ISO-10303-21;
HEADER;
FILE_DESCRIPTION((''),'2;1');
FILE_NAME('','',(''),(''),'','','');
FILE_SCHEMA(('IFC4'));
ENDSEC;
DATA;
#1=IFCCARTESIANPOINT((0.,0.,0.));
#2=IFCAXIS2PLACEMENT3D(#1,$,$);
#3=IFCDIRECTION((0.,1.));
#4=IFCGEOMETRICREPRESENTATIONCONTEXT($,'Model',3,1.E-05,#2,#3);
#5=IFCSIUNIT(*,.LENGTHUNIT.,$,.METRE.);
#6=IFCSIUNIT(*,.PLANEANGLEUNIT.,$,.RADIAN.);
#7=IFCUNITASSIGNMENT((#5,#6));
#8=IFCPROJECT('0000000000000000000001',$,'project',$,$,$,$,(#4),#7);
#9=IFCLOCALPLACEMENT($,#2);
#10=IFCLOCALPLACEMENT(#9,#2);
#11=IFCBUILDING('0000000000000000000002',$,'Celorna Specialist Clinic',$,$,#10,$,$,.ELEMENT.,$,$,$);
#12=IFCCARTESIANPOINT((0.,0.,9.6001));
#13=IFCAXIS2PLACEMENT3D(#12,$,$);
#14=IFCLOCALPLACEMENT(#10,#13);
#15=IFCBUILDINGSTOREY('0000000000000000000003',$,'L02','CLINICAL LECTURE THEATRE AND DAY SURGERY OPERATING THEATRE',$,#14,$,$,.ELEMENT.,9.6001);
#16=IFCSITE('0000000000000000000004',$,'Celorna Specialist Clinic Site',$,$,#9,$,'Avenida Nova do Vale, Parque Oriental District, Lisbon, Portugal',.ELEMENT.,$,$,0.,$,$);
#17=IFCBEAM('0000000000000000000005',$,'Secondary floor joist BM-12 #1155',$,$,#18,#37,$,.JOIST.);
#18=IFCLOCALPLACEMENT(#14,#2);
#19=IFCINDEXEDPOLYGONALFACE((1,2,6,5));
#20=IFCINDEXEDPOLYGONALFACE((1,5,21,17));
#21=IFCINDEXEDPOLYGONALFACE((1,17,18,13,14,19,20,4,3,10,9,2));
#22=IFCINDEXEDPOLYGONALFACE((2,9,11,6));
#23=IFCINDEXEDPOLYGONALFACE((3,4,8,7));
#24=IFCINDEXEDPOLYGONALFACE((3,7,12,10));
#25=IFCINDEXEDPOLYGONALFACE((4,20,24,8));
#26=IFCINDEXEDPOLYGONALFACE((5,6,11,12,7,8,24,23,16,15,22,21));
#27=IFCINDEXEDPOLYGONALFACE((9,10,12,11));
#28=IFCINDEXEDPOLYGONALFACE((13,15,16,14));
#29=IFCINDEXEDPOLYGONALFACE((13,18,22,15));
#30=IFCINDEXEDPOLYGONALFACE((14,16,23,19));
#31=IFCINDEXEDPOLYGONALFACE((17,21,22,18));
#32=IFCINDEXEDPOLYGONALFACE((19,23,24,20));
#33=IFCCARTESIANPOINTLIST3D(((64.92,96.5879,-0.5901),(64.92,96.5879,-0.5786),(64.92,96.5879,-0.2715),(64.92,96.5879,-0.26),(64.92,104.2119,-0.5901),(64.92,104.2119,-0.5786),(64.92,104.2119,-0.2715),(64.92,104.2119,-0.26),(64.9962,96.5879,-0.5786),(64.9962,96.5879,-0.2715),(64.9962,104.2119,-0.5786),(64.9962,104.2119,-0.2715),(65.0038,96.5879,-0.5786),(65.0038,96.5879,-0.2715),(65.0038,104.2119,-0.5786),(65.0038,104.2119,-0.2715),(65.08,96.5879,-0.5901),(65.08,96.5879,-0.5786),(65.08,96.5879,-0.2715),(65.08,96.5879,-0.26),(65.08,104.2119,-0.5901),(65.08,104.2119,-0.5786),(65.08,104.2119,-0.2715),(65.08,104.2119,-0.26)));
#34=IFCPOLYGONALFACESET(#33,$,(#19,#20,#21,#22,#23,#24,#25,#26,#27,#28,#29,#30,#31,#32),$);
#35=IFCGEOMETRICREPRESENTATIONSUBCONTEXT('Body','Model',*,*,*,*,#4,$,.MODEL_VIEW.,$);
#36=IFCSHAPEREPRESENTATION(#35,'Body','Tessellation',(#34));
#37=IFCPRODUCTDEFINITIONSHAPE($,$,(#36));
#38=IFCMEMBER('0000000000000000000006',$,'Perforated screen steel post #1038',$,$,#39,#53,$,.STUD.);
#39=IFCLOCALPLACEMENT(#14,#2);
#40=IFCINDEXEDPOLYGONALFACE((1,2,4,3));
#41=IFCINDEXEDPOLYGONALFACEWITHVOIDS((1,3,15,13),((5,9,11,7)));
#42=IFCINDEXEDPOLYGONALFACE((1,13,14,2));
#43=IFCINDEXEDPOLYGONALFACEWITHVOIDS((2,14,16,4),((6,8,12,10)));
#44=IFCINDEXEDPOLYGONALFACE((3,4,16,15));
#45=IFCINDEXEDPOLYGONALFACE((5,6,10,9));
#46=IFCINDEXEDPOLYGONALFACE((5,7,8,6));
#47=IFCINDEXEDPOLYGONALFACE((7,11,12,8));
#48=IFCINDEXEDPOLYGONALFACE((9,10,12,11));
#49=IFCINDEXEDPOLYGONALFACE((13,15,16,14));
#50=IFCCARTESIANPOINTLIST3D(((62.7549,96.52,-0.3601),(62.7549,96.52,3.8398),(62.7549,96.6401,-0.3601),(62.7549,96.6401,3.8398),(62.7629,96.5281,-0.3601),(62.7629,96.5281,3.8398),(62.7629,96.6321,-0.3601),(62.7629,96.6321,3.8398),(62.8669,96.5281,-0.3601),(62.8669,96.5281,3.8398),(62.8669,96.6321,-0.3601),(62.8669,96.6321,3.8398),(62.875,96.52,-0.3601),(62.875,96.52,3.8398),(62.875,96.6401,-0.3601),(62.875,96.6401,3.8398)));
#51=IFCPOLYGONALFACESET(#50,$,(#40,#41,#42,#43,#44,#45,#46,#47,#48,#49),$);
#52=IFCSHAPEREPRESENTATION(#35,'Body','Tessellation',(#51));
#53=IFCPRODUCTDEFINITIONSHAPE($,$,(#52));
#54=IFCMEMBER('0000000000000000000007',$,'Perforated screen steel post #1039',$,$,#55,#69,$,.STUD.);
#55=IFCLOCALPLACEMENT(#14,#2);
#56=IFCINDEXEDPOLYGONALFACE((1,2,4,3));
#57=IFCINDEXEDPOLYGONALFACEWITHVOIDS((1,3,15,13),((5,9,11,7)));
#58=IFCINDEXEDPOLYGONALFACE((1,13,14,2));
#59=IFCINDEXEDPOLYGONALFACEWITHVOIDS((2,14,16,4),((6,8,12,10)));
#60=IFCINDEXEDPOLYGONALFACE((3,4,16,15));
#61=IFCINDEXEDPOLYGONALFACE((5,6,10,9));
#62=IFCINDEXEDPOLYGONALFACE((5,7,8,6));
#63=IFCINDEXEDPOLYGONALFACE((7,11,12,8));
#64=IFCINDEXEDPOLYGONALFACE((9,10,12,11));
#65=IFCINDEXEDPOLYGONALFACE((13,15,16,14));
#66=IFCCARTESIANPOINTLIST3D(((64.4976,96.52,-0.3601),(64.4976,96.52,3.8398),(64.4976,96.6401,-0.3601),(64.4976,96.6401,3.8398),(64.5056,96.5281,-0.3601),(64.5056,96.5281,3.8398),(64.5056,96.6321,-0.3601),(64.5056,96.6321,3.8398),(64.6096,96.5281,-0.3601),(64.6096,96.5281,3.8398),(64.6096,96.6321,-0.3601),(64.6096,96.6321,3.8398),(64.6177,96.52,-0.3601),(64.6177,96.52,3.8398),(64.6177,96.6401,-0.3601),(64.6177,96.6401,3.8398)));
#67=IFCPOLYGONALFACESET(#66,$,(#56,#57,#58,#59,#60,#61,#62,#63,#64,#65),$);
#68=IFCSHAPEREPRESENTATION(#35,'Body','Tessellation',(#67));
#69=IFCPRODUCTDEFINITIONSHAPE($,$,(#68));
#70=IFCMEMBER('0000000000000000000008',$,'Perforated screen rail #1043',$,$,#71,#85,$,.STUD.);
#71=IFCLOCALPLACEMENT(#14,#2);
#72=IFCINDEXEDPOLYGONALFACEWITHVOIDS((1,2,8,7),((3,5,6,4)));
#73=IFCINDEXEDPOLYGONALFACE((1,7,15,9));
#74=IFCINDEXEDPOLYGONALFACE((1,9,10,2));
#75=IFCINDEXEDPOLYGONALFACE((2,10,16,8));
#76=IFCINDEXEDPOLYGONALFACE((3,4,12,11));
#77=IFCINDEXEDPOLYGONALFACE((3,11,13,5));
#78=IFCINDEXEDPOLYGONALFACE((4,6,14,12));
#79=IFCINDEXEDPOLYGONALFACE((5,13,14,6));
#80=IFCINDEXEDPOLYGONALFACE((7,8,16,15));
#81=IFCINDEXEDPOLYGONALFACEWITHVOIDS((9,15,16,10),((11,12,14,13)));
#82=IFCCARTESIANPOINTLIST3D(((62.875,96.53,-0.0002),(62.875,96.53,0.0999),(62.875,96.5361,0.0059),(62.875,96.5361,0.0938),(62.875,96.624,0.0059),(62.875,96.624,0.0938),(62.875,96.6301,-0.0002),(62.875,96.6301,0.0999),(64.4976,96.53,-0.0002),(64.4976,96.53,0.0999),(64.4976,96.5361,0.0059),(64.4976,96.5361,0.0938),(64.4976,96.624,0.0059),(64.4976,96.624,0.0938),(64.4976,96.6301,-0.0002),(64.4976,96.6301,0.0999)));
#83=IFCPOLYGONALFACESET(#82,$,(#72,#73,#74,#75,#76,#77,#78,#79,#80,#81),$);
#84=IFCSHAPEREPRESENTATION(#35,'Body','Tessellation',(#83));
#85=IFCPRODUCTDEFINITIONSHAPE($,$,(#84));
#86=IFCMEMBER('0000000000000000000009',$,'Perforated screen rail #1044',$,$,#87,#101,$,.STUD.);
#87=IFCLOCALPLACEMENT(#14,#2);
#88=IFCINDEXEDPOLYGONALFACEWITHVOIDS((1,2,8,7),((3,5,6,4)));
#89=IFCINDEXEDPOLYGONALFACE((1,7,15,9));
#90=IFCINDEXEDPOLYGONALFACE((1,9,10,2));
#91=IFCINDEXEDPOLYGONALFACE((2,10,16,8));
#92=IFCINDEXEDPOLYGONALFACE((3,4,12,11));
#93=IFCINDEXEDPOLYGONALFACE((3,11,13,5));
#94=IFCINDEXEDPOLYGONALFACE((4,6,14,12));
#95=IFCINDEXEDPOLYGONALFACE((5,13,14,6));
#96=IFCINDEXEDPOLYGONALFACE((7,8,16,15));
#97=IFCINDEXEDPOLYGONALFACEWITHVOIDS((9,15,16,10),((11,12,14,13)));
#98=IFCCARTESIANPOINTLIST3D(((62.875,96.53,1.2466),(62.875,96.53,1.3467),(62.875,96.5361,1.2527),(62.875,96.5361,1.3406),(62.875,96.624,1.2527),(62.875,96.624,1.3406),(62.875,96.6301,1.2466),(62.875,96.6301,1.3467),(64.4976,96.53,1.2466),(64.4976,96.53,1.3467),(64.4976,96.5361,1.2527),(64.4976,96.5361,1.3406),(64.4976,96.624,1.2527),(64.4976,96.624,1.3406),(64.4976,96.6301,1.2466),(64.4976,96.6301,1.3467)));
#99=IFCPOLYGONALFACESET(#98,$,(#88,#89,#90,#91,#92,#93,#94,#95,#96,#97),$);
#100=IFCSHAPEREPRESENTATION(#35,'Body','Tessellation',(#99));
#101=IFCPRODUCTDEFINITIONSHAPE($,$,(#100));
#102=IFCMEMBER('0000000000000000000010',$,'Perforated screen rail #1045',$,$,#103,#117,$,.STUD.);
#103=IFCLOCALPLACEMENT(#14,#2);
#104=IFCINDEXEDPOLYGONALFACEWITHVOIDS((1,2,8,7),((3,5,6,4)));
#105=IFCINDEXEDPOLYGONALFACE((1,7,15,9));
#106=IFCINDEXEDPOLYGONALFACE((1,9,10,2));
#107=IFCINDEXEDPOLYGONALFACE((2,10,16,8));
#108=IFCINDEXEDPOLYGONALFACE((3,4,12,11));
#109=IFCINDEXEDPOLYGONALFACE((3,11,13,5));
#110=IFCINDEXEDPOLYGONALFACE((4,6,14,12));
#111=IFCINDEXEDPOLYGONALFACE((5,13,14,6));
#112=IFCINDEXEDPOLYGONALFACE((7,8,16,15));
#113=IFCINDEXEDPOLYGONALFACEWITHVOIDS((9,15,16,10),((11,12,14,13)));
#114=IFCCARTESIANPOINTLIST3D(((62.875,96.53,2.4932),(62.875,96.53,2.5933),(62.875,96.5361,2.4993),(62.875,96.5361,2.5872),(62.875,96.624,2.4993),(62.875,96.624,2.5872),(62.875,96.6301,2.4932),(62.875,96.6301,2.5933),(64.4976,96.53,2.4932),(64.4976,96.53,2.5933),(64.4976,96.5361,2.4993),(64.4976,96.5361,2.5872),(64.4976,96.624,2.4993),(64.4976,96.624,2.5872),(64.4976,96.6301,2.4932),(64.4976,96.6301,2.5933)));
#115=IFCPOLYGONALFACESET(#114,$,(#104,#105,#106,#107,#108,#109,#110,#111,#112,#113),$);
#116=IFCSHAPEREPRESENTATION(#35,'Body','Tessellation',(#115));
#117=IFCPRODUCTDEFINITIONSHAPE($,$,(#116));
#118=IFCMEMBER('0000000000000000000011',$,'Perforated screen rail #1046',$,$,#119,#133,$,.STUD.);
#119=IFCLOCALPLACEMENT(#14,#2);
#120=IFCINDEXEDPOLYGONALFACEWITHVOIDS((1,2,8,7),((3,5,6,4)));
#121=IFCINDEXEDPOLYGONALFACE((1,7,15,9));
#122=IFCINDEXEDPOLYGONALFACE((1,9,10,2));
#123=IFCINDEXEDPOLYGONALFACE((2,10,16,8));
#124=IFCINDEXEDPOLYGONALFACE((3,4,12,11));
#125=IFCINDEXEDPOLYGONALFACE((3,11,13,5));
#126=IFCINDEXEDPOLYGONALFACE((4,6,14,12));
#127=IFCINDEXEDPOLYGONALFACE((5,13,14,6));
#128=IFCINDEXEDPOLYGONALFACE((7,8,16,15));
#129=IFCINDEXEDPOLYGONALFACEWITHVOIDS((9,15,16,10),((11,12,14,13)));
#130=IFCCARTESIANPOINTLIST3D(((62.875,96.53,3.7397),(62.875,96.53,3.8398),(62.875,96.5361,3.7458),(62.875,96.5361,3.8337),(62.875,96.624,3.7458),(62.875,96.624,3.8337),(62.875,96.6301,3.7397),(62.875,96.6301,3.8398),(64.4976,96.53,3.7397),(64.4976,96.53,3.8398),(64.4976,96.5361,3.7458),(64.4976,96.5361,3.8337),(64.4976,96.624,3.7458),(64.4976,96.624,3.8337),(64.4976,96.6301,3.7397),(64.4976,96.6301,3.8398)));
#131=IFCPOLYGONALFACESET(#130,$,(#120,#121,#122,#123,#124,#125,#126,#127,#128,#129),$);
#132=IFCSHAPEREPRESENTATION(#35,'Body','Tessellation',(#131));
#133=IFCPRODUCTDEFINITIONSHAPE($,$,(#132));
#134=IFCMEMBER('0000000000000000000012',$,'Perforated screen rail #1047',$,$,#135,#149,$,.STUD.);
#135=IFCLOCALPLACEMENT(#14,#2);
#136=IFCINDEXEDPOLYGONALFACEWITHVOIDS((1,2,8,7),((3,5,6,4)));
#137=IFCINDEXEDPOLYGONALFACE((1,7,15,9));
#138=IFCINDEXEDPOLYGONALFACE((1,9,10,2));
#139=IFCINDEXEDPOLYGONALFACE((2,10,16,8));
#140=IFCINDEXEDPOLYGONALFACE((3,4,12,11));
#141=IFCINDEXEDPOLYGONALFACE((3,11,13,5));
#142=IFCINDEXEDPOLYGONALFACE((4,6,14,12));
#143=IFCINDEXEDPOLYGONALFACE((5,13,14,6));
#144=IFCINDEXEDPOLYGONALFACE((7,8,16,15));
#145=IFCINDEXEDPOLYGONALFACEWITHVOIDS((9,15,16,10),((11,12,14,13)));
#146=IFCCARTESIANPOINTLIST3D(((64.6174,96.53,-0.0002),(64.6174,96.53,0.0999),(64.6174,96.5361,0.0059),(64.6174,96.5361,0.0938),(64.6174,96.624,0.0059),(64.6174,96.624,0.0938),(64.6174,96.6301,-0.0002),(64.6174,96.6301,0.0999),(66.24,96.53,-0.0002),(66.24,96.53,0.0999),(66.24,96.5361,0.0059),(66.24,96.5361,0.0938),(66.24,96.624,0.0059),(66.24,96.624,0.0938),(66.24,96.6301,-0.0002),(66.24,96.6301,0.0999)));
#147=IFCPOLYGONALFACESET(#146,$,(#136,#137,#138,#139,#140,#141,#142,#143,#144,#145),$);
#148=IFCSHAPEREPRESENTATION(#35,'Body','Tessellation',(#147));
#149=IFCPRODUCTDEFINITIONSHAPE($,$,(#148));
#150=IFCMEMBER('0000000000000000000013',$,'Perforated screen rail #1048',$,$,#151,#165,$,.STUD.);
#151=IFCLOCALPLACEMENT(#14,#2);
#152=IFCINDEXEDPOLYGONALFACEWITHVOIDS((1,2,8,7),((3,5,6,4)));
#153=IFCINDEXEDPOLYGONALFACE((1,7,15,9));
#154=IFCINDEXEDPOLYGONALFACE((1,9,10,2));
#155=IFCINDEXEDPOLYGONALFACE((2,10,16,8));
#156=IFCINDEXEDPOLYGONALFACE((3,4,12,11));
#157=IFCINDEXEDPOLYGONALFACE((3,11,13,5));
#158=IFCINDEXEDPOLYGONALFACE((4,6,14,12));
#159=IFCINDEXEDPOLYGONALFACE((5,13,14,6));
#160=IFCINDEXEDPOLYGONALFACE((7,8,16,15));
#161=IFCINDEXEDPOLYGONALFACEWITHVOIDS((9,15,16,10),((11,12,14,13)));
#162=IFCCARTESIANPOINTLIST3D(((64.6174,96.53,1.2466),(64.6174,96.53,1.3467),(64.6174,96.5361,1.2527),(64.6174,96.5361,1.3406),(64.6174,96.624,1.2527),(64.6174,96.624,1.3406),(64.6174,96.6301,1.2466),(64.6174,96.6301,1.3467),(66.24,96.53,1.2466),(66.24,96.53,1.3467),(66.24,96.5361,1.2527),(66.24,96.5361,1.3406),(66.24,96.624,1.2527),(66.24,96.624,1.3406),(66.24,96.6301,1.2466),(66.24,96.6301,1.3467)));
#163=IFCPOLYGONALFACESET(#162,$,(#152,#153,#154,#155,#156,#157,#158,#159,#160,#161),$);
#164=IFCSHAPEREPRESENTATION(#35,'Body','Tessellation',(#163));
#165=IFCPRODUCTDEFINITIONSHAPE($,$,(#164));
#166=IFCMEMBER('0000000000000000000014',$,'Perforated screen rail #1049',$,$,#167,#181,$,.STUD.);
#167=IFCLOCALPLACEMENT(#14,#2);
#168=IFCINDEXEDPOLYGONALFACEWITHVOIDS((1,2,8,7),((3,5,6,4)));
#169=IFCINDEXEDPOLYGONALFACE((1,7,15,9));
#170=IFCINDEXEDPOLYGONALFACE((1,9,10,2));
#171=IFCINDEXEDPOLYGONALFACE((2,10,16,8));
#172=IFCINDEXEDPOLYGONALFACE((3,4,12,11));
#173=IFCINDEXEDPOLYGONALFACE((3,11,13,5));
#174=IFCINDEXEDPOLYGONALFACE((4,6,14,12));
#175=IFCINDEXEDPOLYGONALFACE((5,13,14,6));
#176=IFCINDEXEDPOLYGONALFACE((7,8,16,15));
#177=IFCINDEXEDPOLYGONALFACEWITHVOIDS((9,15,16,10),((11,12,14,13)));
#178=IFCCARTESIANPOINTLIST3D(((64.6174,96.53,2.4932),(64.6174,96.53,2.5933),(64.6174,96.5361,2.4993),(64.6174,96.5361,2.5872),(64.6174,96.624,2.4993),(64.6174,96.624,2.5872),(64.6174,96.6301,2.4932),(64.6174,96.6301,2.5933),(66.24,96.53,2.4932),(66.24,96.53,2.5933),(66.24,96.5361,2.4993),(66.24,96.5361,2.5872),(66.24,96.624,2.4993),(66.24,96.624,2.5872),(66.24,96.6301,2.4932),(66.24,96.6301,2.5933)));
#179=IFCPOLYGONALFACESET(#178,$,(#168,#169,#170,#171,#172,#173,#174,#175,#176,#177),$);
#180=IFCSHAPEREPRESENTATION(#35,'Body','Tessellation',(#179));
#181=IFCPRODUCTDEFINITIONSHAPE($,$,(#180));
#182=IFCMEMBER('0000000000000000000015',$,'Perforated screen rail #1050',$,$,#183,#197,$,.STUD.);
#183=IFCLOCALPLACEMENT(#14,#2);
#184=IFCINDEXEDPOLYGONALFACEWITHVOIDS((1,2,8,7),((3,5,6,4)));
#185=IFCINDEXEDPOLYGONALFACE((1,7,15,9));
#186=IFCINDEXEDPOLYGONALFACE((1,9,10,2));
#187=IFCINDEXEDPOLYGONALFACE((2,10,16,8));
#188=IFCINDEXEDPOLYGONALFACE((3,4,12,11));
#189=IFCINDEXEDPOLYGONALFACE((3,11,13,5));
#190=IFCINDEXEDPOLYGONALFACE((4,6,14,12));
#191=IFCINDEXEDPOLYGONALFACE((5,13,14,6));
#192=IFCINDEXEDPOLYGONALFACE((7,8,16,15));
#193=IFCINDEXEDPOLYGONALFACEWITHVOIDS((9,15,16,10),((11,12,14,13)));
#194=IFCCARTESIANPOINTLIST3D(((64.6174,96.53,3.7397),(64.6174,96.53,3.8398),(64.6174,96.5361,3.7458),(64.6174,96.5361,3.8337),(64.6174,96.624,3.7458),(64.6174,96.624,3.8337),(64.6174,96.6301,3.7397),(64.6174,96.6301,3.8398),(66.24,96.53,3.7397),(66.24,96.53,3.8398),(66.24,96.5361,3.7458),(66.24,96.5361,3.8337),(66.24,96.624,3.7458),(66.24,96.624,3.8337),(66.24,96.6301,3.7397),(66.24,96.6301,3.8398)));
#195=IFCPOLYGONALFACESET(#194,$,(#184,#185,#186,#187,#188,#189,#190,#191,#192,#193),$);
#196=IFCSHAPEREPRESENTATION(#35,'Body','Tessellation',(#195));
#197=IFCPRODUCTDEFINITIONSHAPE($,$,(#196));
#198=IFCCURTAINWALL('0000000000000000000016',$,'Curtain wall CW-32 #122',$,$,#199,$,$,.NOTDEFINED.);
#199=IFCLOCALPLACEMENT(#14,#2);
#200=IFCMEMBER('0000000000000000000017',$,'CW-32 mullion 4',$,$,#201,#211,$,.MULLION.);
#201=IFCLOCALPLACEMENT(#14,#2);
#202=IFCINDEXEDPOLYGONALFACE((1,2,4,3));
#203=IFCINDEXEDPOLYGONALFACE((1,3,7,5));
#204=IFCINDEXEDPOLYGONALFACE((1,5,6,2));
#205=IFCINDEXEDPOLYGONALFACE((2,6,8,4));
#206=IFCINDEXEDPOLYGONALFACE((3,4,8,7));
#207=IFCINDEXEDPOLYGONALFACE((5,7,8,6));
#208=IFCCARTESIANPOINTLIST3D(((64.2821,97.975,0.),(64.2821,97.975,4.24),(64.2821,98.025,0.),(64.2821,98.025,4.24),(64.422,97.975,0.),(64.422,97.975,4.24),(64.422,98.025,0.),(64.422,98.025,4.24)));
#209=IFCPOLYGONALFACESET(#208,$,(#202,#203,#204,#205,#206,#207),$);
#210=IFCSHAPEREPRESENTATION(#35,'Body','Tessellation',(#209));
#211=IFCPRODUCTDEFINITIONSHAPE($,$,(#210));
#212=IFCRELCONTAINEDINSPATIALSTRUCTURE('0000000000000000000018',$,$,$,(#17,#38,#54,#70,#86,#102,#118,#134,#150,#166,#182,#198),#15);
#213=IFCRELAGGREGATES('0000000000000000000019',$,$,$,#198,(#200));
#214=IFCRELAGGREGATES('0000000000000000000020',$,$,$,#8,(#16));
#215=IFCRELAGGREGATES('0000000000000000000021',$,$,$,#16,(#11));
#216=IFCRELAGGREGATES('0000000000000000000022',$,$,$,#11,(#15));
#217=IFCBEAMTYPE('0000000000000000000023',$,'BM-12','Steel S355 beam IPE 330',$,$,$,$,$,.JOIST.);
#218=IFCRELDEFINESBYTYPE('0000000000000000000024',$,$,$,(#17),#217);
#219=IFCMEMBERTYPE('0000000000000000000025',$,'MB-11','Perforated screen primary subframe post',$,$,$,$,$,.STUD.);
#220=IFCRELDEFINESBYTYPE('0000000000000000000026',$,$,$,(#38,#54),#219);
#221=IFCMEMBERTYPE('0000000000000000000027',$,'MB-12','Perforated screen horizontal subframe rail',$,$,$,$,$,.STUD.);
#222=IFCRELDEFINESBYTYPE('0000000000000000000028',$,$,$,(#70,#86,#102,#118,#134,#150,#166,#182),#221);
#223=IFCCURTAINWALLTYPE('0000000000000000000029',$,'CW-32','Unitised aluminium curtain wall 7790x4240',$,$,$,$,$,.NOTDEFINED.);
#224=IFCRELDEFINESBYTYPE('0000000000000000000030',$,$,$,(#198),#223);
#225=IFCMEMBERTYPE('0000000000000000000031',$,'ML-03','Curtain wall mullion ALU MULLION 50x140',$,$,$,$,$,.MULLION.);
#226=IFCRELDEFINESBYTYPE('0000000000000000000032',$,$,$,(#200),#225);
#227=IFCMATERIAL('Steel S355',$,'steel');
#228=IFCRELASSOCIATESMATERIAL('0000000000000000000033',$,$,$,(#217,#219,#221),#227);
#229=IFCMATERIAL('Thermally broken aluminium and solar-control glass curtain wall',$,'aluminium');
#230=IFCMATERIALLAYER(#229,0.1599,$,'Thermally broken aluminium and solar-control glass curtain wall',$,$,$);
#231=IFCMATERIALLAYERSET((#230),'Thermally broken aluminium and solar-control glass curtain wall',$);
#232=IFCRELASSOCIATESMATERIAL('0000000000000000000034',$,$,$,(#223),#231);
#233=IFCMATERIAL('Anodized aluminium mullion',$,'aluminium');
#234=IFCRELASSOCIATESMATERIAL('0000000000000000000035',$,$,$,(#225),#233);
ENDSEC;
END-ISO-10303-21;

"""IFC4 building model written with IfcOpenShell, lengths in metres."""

from ifc_helpers import new_model, si_unit, direction, frame, origin, origin_2d, place, context, subcontext, project, spatial, rectangle, hollow_rectangle, i_section, extrude, material, layer, layer_set, material_profile, profile_set, type_object, element, aggregate, save


model = new_model("IFC4")

# Units and contexts
model_context = context("Model", 3, precision=1e-05, world=origin(), true_north=direction((0.0, 1.0)))
body_context = subcontext(model_context, "Body", "Model", "MODEL_VIEW")
ifc_project = project(units=[si_unit("LENGTHUNIT", "METRE"), si_unit("PLANEANGLEUNIT", "RADIAN")], contexts=[model_context])

# Site, building, storey
site_placement = place(None, origin())
site = spatial("IfcSite", under=ifc_project, at=site_placement, Name="Celorna Specialist Clinic Site", LongName="Avenida Nova do Vale, Parque Oriental District, Lisbon, Portugal", CompositionType="ELEMENT", RefElevation=0.0)
building_placement = place(site_placement, origin())
building = spatial("IfcBuilding", under=site, at=building_placement, Name="Celorna Specialist Clinic", CompositionType="ELEMENT")
storey_placement = place(building_placement, frame((0.0, 0.0, 9.6001)))
storey = spatial("IfcBuildingStorey", under=building, at=storey_placement, Name="L02", Description="CLINICAL LECTURE THEATRE AND DAY SURGERY OPERATING THEATRE", CompositionType="ELEMENT", Elevation=9.6001)

# Beam
ifc_material_1 = material(Name="Steel S355", Category="steel")
ifc_material_profile_1 = material_profile(ifc_material_1, i_section(OverallWidth=0.1599, OverallDepth=0.3301, WebThickness=0.0076, FlangeThickness=0.0115, at=origin_2d()), Name="IPE 330")
ifc_profile_set_1 = profile_set([ifc_material_profile_1], Name="Steel S355")
beam_type = type_object("IfcBeamType", Name="BM-12", Description="Steel S355 beam IPE 330", PredefinedType="JOIST", material=ifc_profile_set_1)
beam_placement = place(storey_placement, frame((65.0, 96.5879, -0.425), z_axis=(0.0, 1.0, 0.0), x_axis=(-1.0, 0.0, 0.0)))
element("IfcBeam", 1, at=beam_placement, inside=storey, type_object=beam_type, Name="Secondary floor joist BM-12 #1155", PredefinedType="JOIST", context=body_context, shape_type="SweptSolid", body=[
    extrude(i_section(OverallWidth=0.1599, OverallDepth=0.3301, WebThickness=0.0076, FlangeThickness=0.0115, at=origin_2d()), origin(), (0.0, 0.0, 1.0), 7.624),
])

# Members
ifc_material_profile_2 = material_profile(ifc_material_1, hollow_rectangle(XDim=0.1201, YDim=0.1201, WallThickness=0.0081, at=origin_2d()), Name="SHS 120x120x8")
ifc_profile_set_2 = profile_set([ifc_material_profile_2], Name="Steel S355")
member_type_1 = type_object("IfcMemberType", Name="MB-11", Description="Perforated screen primary subframe post", PredefinedType="STUD", material=ifc_profile_set_2)
for number, where, z_axis, x_axis, name in (
    (2, (62.8149, 96.5801, -0.3601), (0.0, 0.0, 1.0), (1.0, 0.0, 0.0), "Perforated screen steel post #1038"),
    (3, (64.5576, 96.5801, -0.3601), (0.0, 0.0, 1.0), (1.0, 0.0, 0.0), "Perforated screen steel post #1039"),
):
    element("IfcMember", number, at=place(storey_placement, frame(where, z_axis=z_axis, x_axis=x_axis)), inside=storey, type_object=member_type_1, Name=name, PredefinedType="STUD", context=body_context, shape_type="SweptSolid", body=[
        extrude(hollow_rectangle(XDim=0.1201, YDim=0.1201, WallThickness=0.0081, at=origin_2d()), origin(), (0.0, 0.0, 1.0), 4.2),
    ])
ifc_material_profile_3 = material_profile(ifc_material_1, hollow_rectangle(XDim=0.1001, YDim=0.1001, WallThickness=0.0061, at=origin_2d()), Name="SHS 100x100x6")
ifc_profile_set_3 = profile_set([ifc_material_profile_3], Name="Steel S355")
member_type_2 = type_object("IfcMemberType", Name="MB-12", Description="Perforated screen horizontal subframe rail", PredefinedType="STUD", material=ifc_profile_set_3)
for number, where, z_axis, x_axis, name in (
    (4, (62.875, 96.5801, 0.0498), (1.0, 0.0, 0.0), (0.0, 1.0, 0.0), "Perforated screen rail #1043"),
    (5, (62.875, 96.5801, 1.2966), (1.0, 0.0, 0.0), (0.0, 1.0, 0.0), "Perforated screen rail #1044"),
    (6, (62.875, 96.5801, 2.5432), (1.0, 0.0, 0.0), (0.0, 1.0, 0.0), "Perforated screen rail #1045"),
    (7, (62.875, 96.5801, 3.7898), (1.0, 0.0, 0.0), (0.0, 1.0, 0.0), "Perforated screen rail #1046"),
    (8, (64.6174, 96.5801, 0.0498), (1.0, 0.0, 0.0), (0.0, 1.0, 0.0), "Perforated screen rail #1047"),
    (9, (64.6174, 96.5801, 1.2966), (1.0, 0.0, 0.0), (0.0, 1.0, 0.0), "Perforated screen rail #1048"),
    (10, (64.6174, 96.5801, 2.5432), (1.0, 0.0, 0.0), (0.0, 1.0, 0.0), "Perforated screen rail #1049"),
    (11, (64.6174, 96.5801, 3.7898), (1.0, 0.0, 0.0), (0.0, 1.0, 0.0), "Perforated screen rail #1050"),
):
    element("IfcMember", number, at=place(storey_placement, frame(where, z_axis=z_axis, x_axis=x_axis)), inside=storey, type_object=member_type_2, Name=name, PredefinedType="STUD", context=body_context, shape_type="SweptSolid", body=[
        extrude(hollow_rectangle(XDim=0.1001, YDim=0.1001, WallThickness=0.0061, at=origin_2d()), origin(), (0.0, 0.0, 1.0), 1.6226),
    ])

# Curtain wall, member
ifc_material_2 = material(Name="Thermally broken aluminium and solar-control glass curtain wall", Category="aluminium")
ifc_layer_1 = layer(ifc_material_2, 0.1599, Name="Thermally broken aluminium and solar-control glass curtain wall")
ifc_layer_set_1 = layer_set([ifc_layer_1], Name="Thermally broken aluminium and solar-control glass curtain wall")
curtain_wall_type = type_object("IfcCurtainWallType", Name="CW-32", Description="Unitised aluminium curtain wall 7790x4240", PredefinedType="NOTDEFINED", material=ifc_layer_set_1)
curtain_wall_placement = place(storey_placement, origin())
curtain_wall = element("IfcCurtainWall", 12, at=curtain_wall_placement, inside=storey, type_object=curtain_wall_type, Name="Curtain wall CW-32 #122", PredefinedType="NOTDEFINED")
ifc_material_3 = material(Name="Anodized aluminium mullion", Category="aluminium")
ifc_material_profile_4 = material_profile(ifc_material_3, rectangle(XDim=0.05, YDim=0.1399, at=origin_2d()), Name="ALU MULLION 50x140")
ifc_profile_set_4 = profile_set([ifc_material_profile_4], Name="Anodized aluminium mullion")
member_type_3 = type_object("IfcMemberType", Name="ML-03", Description="Curtain wall mullion ALU MULLION 50x140", PredefinedType="MULLION", material=ifc_profile_set_4)
member_1_placement = place(storey_placement, frame((64.3521, 98.0, 0.0), z_axis=(0.0, 0.0, 1.0), x_axis=(0.0, -1.0, 0.0)))
member_1 = element("IfcMember", 13, at=member_1_placement, type_object=member_type_3, Name="CW-32 mullion 4", PredefinedType="MULLION", context=body_context, shape_type="SweptSolid", body=[
    extrude(rectangle(XDim=0.05, YDim=0.1399, at=origin_2d()), origin(), (0.0, 0.0, 1.0), 4.24),
])
aggregate(curtain_wall, [member_1])

save(model, "model.ifc")
